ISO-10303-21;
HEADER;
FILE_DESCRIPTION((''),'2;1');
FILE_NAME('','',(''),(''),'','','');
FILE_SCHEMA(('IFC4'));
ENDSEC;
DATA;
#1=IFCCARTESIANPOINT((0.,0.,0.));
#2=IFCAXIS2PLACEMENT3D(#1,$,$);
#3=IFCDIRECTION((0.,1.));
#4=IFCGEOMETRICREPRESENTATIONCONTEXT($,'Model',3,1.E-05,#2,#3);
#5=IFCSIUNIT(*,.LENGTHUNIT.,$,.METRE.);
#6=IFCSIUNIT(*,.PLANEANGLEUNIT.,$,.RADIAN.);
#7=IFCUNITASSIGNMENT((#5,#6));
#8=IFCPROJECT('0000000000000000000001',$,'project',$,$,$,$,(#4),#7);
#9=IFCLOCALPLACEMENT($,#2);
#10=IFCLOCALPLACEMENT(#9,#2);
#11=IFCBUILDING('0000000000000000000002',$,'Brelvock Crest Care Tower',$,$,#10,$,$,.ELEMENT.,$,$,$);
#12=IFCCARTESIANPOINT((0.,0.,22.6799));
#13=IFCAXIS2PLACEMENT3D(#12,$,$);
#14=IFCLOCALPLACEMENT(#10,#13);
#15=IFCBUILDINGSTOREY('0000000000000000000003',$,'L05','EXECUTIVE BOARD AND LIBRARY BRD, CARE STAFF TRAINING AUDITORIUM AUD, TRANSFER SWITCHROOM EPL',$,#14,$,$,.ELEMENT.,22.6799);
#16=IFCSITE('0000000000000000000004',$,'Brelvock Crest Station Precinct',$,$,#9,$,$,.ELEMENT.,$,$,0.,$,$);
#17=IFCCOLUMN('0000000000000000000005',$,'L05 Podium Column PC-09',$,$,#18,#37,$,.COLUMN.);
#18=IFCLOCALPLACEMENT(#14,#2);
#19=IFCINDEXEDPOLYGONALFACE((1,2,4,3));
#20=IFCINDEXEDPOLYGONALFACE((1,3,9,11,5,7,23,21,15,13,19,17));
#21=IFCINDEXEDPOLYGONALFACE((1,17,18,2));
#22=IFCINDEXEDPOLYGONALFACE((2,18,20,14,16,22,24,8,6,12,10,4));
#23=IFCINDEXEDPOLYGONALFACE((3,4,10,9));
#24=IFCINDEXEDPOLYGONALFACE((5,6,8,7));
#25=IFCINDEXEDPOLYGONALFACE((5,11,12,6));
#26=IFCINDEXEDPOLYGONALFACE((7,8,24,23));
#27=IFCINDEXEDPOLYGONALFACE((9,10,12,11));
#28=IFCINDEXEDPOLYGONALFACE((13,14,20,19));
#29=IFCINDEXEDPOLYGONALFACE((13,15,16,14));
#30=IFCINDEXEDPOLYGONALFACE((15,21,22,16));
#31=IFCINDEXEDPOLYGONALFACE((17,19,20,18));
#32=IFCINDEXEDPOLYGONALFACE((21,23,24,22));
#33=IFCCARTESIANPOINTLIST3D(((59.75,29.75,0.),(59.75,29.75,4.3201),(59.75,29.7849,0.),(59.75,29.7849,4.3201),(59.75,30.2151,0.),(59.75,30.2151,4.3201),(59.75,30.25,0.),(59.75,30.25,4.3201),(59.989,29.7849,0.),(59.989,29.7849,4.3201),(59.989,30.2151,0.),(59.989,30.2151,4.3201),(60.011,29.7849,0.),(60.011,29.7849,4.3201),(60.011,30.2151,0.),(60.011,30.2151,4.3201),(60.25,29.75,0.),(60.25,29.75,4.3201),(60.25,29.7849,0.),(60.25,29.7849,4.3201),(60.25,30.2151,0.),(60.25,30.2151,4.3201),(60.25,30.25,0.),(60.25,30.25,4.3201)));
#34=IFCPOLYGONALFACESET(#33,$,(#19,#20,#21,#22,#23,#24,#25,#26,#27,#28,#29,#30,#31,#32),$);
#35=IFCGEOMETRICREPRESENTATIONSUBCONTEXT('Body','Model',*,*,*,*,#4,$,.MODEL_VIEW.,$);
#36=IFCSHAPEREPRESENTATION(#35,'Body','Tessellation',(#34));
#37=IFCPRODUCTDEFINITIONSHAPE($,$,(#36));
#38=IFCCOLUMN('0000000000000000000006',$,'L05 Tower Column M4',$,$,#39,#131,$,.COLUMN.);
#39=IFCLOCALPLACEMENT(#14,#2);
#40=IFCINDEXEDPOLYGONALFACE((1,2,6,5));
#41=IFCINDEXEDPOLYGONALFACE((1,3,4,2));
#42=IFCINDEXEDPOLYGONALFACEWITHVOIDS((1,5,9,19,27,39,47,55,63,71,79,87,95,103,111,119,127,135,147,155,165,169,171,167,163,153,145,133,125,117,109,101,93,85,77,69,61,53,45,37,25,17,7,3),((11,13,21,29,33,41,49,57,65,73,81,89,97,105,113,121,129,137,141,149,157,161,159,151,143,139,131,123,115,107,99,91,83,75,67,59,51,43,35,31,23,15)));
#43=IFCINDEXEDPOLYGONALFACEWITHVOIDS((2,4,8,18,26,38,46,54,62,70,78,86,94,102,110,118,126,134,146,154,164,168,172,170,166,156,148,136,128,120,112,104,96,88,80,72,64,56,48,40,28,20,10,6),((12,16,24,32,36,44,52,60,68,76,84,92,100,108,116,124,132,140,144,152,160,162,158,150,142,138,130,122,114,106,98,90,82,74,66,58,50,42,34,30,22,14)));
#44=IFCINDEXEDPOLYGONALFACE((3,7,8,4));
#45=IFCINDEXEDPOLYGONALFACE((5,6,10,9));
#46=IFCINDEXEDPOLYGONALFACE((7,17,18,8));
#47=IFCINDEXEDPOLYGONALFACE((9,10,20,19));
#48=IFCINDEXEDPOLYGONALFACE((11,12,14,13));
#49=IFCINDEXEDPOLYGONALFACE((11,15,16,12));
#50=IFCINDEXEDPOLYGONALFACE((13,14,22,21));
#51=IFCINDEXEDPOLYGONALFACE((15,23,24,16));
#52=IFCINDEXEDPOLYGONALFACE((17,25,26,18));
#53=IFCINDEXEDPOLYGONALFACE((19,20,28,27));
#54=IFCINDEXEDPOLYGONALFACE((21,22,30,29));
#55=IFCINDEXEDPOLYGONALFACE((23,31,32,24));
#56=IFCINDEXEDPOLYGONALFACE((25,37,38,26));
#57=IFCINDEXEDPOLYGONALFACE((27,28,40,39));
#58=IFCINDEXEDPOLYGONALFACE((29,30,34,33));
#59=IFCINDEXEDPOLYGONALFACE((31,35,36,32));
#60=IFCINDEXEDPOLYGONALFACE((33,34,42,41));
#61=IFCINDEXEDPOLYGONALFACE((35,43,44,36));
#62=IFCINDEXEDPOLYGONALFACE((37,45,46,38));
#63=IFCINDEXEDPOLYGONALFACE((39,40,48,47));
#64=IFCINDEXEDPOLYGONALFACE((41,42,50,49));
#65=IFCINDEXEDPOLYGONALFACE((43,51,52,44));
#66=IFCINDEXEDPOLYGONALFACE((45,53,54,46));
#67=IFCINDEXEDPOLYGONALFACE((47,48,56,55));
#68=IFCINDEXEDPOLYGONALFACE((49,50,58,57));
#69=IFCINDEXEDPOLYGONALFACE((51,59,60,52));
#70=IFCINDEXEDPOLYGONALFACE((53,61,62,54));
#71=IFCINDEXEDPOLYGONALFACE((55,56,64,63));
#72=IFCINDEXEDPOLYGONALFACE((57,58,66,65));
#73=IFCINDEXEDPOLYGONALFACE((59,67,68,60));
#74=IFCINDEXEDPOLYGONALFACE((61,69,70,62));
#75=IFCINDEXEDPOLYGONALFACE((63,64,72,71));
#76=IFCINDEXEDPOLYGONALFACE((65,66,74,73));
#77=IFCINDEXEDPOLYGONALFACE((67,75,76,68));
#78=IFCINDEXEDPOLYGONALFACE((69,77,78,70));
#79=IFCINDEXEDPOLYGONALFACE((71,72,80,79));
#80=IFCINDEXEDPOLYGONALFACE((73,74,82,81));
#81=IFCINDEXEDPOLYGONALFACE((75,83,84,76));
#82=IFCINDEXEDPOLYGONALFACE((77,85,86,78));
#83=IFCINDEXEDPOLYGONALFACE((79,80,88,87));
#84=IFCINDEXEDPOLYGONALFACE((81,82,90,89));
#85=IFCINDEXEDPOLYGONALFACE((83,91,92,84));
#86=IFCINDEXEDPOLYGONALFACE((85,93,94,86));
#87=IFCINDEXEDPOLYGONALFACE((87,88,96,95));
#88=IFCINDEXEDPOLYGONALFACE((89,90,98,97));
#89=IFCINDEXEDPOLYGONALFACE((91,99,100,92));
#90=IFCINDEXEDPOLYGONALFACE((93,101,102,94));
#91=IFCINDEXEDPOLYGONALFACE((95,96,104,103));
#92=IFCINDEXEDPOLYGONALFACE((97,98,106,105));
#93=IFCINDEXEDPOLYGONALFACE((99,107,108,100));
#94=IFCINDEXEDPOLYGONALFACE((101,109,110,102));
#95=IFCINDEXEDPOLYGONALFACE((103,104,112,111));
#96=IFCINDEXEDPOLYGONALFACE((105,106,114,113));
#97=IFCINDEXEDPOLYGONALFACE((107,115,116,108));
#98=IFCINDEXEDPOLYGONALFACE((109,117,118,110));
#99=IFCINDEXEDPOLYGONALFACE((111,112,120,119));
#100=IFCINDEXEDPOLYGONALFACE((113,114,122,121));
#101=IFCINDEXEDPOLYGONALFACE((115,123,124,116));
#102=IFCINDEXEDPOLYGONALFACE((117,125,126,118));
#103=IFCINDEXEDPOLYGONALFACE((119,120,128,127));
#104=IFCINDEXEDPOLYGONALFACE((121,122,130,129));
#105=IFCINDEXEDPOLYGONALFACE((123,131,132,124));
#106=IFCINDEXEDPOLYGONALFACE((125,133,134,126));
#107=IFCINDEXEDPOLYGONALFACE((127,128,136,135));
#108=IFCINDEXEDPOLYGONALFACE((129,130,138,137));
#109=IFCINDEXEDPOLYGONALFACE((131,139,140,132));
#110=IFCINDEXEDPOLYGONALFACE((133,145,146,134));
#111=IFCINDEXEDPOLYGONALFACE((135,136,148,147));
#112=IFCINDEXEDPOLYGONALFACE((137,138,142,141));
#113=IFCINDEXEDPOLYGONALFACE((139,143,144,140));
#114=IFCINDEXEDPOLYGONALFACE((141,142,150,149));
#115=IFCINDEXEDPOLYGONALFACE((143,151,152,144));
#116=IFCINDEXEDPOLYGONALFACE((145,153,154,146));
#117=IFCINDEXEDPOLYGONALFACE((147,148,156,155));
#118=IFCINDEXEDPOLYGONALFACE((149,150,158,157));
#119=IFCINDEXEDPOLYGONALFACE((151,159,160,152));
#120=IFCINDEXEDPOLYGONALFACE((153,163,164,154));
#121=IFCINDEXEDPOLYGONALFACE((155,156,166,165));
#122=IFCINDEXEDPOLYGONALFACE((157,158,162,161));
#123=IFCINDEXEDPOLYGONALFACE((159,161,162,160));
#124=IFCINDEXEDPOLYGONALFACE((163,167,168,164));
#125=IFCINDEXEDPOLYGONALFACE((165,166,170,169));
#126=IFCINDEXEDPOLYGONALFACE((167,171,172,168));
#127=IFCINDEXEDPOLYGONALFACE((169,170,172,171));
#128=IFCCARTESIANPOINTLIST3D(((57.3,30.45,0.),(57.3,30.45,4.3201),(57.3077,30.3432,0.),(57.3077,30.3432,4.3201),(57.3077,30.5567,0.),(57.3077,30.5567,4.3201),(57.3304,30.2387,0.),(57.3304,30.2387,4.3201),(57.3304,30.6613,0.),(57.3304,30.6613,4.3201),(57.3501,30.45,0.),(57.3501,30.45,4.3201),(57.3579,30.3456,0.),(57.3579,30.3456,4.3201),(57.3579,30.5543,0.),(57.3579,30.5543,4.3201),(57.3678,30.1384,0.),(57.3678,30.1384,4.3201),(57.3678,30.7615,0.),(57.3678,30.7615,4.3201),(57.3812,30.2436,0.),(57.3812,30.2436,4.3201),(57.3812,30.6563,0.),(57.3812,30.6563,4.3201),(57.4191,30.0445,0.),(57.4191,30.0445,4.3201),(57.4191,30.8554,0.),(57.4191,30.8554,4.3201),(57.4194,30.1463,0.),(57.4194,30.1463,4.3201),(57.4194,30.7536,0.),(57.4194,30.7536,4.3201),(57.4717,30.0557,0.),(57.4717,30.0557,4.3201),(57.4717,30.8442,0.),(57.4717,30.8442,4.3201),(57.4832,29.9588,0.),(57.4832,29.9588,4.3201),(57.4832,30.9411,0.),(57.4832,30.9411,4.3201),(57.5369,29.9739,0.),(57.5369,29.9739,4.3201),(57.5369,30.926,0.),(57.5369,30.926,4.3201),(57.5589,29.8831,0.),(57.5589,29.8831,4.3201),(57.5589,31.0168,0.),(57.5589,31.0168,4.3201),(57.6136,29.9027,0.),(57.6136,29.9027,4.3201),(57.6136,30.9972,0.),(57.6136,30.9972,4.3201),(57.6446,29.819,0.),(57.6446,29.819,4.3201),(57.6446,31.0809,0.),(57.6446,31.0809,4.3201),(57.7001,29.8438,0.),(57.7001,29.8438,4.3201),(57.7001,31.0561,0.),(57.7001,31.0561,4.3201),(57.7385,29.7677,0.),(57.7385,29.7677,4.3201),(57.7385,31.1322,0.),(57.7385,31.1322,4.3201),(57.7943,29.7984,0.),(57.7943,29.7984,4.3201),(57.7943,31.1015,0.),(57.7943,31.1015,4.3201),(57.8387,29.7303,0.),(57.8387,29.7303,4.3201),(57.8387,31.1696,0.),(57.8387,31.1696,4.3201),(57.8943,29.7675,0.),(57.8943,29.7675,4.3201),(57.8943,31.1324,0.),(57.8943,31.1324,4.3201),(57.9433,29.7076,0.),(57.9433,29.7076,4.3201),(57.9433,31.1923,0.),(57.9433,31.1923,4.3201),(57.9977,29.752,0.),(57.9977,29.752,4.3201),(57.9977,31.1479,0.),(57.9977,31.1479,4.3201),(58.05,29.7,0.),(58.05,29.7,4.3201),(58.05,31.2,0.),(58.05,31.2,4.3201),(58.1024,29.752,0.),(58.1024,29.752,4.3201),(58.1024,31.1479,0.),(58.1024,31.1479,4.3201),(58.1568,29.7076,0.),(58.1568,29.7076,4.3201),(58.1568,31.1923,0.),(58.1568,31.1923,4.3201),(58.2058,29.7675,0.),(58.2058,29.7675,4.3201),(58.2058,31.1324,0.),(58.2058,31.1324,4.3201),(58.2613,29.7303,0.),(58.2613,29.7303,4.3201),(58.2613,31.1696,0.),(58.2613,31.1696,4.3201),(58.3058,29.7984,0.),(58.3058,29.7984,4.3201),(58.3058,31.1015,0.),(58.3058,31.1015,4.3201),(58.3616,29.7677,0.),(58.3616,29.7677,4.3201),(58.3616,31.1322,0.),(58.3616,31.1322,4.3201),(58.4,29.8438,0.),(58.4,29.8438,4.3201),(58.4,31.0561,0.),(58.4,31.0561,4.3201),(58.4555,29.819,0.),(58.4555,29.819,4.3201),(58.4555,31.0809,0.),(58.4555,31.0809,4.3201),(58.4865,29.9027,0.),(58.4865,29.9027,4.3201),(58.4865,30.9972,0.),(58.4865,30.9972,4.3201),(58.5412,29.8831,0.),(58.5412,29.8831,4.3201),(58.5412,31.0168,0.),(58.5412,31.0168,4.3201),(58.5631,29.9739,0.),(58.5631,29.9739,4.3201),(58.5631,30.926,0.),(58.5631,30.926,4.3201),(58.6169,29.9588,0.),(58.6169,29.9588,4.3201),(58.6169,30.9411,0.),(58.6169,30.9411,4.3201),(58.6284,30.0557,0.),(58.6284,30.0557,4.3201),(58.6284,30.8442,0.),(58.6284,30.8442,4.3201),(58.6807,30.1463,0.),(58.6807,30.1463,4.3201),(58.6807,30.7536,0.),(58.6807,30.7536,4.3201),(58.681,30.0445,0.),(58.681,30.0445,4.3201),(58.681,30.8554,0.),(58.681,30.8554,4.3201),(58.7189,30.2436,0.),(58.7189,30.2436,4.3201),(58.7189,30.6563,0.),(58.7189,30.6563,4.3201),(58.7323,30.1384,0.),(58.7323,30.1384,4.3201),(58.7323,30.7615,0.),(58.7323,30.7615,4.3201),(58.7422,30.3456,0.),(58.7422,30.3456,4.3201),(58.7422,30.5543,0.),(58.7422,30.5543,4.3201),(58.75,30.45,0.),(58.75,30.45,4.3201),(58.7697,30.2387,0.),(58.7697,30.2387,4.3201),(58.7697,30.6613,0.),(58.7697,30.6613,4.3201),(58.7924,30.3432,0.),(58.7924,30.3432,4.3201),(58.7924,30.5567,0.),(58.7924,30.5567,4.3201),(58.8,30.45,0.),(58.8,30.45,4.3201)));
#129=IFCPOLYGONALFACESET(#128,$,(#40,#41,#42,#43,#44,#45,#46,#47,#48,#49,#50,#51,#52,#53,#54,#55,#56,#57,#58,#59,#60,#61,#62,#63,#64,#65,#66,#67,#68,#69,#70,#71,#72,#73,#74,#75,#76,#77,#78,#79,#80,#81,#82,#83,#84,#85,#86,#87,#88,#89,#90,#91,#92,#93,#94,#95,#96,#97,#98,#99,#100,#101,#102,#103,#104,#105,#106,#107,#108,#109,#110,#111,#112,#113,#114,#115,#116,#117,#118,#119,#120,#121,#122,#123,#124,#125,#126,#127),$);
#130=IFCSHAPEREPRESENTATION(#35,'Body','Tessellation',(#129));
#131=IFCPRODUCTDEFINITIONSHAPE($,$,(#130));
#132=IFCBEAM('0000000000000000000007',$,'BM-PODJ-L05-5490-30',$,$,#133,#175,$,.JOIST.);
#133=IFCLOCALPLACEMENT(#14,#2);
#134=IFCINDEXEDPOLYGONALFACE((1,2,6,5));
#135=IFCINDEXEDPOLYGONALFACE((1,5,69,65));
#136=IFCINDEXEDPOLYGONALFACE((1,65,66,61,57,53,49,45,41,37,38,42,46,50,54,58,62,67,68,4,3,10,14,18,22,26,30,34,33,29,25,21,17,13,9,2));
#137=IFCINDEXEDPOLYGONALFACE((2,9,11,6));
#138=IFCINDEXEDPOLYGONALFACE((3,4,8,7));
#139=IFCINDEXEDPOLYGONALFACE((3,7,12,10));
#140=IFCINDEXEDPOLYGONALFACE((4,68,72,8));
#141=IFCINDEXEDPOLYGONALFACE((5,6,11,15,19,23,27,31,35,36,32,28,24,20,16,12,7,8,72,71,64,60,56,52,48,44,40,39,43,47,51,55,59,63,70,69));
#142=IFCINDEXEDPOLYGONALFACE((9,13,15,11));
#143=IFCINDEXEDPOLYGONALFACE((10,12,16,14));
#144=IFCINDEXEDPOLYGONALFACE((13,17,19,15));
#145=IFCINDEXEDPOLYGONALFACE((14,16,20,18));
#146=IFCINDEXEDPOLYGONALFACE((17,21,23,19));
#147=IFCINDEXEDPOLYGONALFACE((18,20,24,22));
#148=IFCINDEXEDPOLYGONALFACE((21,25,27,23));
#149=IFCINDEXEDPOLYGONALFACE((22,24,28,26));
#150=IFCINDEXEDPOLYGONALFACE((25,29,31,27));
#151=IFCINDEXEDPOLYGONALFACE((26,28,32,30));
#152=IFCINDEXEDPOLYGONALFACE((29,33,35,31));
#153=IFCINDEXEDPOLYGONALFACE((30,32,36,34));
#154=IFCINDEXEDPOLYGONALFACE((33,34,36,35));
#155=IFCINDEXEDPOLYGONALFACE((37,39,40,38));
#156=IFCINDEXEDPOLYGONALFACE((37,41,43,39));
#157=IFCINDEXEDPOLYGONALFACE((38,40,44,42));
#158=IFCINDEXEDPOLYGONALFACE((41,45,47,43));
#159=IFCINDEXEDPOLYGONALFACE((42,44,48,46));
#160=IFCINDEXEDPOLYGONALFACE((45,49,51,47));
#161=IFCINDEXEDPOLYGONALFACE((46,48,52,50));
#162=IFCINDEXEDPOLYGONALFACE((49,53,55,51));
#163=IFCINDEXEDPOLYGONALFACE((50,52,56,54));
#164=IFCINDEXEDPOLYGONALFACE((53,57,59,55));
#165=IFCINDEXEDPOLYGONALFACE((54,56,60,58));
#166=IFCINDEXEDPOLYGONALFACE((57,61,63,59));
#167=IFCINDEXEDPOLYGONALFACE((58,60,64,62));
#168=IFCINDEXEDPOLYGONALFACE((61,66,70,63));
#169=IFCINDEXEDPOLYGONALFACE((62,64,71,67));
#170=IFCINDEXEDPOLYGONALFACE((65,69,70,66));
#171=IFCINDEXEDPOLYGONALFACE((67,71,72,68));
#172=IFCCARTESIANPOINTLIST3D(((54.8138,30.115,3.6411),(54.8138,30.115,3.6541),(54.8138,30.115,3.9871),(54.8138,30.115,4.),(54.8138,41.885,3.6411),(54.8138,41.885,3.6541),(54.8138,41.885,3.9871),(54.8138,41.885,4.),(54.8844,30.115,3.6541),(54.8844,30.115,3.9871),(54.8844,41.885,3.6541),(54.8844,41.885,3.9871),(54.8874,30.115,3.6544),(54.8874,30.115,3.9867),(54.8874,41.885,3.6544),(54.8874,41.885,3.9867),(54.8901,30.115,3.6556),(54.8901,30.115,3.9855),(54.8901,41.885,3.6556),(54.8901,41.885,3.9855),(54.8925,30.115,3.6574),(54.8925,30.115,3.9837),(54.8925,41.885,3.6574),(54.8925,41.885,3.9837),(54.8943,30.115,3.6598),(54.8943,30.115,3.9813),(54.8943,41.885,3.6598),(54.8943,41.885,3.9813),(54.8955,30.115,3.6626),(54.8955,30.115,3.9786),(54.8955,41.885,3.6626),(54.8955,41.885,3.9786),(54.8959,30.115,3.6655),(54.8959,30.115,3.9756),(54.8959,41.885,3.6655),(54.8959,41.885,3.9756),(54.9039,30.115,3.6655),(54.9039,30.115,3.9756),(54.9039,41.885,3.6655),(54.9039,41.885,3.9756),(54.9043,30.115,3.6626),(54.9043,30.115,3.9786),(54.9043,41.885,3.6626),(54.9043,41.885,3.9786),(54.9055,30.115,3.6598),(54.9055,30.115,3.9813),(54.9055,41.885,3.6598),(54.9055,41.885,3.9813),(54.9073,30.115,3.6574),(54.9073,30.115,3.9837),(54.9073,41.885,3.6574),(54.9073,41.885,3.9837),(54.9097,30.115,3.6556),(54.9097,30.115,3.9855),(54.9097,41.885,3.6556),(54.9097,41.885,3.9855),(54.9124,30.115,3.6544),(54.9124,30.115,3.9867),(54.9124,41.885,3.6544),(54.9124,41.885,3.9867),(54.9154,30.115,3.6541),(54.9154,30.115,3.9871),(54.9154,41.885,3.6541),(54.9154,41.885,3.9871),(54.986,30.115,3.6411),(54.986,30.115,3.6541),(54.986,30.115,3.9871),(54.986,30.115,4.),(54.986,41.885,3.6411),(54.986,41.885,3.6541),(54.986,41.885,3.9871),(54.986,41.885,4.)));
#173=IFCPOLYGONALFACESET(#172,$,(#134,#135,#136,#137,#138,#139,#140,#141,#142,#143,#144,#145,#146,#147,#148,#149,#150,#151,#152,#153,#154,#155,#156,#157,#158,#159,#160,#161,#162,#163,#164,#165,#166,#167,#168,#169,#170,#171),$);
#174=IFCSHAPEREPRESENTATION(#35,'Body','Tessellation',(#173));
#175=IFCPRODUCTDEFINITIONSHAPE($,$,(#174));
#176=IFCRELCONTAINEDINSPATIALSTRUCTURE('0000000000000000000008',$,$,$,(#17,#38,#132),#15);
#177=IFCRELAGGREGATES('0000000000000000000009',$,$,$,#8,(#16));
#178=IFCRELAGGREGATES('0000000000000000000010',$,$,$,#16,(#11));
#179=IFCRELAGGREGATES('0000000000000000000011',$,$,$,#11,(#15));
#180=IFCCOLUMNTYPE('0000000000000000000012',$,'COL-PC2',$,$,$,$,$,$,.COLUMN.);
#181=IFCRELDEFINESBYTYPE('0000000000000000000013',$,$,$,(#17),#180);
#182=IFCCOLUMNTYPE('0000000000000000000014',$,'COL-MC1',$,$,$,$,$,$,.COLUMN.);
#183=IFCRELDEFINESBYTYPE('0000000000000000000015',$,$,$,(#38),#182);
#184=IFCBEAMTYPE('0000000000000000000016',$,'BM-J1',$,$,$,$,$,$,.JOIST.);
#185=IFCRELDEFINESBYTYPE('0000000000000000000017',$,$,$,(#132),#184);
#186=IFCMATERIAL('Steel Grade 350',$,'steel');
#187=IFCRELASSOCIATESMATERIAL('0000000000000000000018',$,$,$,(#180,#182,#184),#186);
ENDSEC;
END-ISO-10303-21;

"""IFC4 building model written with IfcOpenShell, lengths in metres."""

from ifc_helpers import new_model, si_unit, direction, frame, origin, origin_2d, place, context, subcontext, project, spatial, hollow_circle, i_section, extrude, source, transform, mapped, material, material_profile, profile_set, type_object, element, save


model = new_model("IFC4")

# Units and contexts
model_context = context("Model", 3, precision=1e-05, world=origin(), true_north=direction((0.0, 1.0)))
body_context = subcontext(model_context, "Body", "Model", "MODEL_VIEW")
ifc_project = project(units=[si_unit("LENGTHUNIT", "METRE"), si_unit("PLANEANGLEUNIT", "RADIAN")], contexts=[model_context])

# Site, building, storey
site_placement = place(None, origin())
site = spatial("IfcSite", under=ifc_project, at=site_placement, Name="Brelvock Crest Station Precinct", CompositionType="ELEMENT", RefElevation=0.0)
building_placement = place(site_placement, origin())
building = spatial("IfcBuilding", under=site, at=building_placement, Name="Brelvock Crest Care Tower", CompositionType="ELEMENT")
storey_placement = place(building_placement, frame((0.0, 0.0, 22.6799)))
storey = spatial("IfcBuildingStorey", under=building, at=storey_placement, Name="L05", Description="EXECUTIVE BOARD AND LIBRARY BRD, CARE STAFF TRAINING AUDITORIUM AUD, TRANSFER SWITCHROOM EPL", CompositionType="ELEMENT", Elevation=22.6799)

# Columns
ifc_material_1 = material(Name="Steel Grade 350", Category="steel")
ifc_material_profile_1 = material_profile(ifc_material_1, i_section(OverallWidth=0.5, OverallDepth=0.5, WebThickness=0.022, FlangeThickness=0.0349, at=origin_2d()), Name="500WC340")
ifc_profile_set_1 = profile_set([ifc_material_profile_1], Name="Steel Grade 350")
column_type_1 = type_object("IfcColumnType", Name="COL-PC2", PredefinedType="COLUMN", material=ifc_profile_set_1)
shared_shape_1 = source(origin(), body_context, "Body", "SweptSolid", [
    extrude(i_section(OverallWidth=0.5, OverallDepth=0.5, WebThickness=0.022, FlangeThickness=0.0349, at=origin_2d()), origin(), (0.0, 0.0, 1.0), 4.3201),
])
column_1_placement = place(storey_placement, frame((60.0, 30.0, 0.0), z_axis=(0.0, 0.0, 1.0), x_axis=(1.0, 0.0, 0.0)))
element("IfcColumn", 1, at=column_1_placement, inside=storey, type_object=column_type_1, Name="L05 Podium Column PC-09", PredefinedType="COLUMN", context=body_context, shape_type="MappedRepresentation", body=[
    mapped(shared_shape_1, transform((0.0, 0.0, 0.0), x_axis=(1.0, 0.0, 0.0), y_axis=(0.0, 1.0, 0.0), z_axis=(0.0, 0.0, 1.0), scale=1.0)),
])
ifc_material_profile_2 = material_profile(ifc_material_1, hollow_circle(Radius=0.75, WallThickness=0.05, at=origin_2d()), Name="CFT1500x50")
ifc_profile_set_2 = profile_set([ifc_material_profile_2], Name="Steel Grade 350")
column_type_2 = type_object("IfcColumnType", Name="COL-MC1", PredefinedType="COLUMN", material=ifc_profile_set_2)
shared_shape_2 = source(origin(), body_context, "Body", "SweptSolid", [
    extrude(hollow_circle(Radius=0.75, WallThickness=0.05, at=origin_2d()), origin(), (0.0, 0.0, 1.0), 4.3201),
])
column_2_placement = place(storey_placement, frame((58.05, 30.45, 0.0), z_axis=(0.0, 0.0, 1.0), x_axis=(1.0, 0.0, 0.0)))
element("IfcColumn", 2, at=column_2_placement, inside=storey, type_object=column_type_2, Name="L05 Tower Column M4", PredefinedType="COLUMN", context=body_context, shape_type="MappedRepresentation", body=[
    mapped(shared_shape_2, transform((0.0, 0.0, 0.0), x_axis=(1.0, 0.0, 0.0), y_axis=(0.0, 1.0, 0.0), z_axis=(0.0, 0.0, 1.0), scale=1.0)),
])

# Beam
ifc_material_profile_3 = material_profile(ifc_material_1, i_section(OverallWidth=0.1721, OverallDepth=0.3589, WebThickness=0.0081, FlangeThickness=0.0129, FilletRadius=0.0115, at=origin_2d()), Name="360UB56.7")
ifc_profile_set_3 = profile_set([ifc_material_profile_3], Name="Steel Grade 350")
beam_type_1 = type_object("IfcBeamType", Name="BM-J1", PredefinedType="JOIST", material=ifc_profile_set_3)
shared_shape_3 = source(origin(), body_context, "Body", "SweptSolid", [
    extrude(i_section(OverallWidth=0.1721, OverallDepth=0.3589, WebThickness=0.0081, FlangeThickness=0.0129, FilletRadius=0.0115, at=origin_2d()), origin(), (0.0, 0.0, 1.0), 11.77),
])
for number, where, z_axis, x_axis, name in (
    (3, (54.8999, 30.115, 3.8206), (0.0, 1.0, 0.0), (-1.0, 0.0, 0.0), "BM-PODJ-L05-5490-30"),
):
    element("IfcBeam", number, at=place(storey_placement, frame(where, z_axis=z_axis, x_axis=x_axis)), inside=storey, type_object=beam_type_1, Name=name, PredefinedType="JOIST", context=body_context, shape_type="MappedRepresentation", body=[
        mapped(shared_shape_3, transform((0.0, 0.0, 0.0), x_axis=(1.0, 0.0, 0.0), y_axis=(0.0, 1.0, 0.0), z_axis=(0.0, 0.0, 1.0), scale=1.0)),
    ])

save(model, "model.ifc")
